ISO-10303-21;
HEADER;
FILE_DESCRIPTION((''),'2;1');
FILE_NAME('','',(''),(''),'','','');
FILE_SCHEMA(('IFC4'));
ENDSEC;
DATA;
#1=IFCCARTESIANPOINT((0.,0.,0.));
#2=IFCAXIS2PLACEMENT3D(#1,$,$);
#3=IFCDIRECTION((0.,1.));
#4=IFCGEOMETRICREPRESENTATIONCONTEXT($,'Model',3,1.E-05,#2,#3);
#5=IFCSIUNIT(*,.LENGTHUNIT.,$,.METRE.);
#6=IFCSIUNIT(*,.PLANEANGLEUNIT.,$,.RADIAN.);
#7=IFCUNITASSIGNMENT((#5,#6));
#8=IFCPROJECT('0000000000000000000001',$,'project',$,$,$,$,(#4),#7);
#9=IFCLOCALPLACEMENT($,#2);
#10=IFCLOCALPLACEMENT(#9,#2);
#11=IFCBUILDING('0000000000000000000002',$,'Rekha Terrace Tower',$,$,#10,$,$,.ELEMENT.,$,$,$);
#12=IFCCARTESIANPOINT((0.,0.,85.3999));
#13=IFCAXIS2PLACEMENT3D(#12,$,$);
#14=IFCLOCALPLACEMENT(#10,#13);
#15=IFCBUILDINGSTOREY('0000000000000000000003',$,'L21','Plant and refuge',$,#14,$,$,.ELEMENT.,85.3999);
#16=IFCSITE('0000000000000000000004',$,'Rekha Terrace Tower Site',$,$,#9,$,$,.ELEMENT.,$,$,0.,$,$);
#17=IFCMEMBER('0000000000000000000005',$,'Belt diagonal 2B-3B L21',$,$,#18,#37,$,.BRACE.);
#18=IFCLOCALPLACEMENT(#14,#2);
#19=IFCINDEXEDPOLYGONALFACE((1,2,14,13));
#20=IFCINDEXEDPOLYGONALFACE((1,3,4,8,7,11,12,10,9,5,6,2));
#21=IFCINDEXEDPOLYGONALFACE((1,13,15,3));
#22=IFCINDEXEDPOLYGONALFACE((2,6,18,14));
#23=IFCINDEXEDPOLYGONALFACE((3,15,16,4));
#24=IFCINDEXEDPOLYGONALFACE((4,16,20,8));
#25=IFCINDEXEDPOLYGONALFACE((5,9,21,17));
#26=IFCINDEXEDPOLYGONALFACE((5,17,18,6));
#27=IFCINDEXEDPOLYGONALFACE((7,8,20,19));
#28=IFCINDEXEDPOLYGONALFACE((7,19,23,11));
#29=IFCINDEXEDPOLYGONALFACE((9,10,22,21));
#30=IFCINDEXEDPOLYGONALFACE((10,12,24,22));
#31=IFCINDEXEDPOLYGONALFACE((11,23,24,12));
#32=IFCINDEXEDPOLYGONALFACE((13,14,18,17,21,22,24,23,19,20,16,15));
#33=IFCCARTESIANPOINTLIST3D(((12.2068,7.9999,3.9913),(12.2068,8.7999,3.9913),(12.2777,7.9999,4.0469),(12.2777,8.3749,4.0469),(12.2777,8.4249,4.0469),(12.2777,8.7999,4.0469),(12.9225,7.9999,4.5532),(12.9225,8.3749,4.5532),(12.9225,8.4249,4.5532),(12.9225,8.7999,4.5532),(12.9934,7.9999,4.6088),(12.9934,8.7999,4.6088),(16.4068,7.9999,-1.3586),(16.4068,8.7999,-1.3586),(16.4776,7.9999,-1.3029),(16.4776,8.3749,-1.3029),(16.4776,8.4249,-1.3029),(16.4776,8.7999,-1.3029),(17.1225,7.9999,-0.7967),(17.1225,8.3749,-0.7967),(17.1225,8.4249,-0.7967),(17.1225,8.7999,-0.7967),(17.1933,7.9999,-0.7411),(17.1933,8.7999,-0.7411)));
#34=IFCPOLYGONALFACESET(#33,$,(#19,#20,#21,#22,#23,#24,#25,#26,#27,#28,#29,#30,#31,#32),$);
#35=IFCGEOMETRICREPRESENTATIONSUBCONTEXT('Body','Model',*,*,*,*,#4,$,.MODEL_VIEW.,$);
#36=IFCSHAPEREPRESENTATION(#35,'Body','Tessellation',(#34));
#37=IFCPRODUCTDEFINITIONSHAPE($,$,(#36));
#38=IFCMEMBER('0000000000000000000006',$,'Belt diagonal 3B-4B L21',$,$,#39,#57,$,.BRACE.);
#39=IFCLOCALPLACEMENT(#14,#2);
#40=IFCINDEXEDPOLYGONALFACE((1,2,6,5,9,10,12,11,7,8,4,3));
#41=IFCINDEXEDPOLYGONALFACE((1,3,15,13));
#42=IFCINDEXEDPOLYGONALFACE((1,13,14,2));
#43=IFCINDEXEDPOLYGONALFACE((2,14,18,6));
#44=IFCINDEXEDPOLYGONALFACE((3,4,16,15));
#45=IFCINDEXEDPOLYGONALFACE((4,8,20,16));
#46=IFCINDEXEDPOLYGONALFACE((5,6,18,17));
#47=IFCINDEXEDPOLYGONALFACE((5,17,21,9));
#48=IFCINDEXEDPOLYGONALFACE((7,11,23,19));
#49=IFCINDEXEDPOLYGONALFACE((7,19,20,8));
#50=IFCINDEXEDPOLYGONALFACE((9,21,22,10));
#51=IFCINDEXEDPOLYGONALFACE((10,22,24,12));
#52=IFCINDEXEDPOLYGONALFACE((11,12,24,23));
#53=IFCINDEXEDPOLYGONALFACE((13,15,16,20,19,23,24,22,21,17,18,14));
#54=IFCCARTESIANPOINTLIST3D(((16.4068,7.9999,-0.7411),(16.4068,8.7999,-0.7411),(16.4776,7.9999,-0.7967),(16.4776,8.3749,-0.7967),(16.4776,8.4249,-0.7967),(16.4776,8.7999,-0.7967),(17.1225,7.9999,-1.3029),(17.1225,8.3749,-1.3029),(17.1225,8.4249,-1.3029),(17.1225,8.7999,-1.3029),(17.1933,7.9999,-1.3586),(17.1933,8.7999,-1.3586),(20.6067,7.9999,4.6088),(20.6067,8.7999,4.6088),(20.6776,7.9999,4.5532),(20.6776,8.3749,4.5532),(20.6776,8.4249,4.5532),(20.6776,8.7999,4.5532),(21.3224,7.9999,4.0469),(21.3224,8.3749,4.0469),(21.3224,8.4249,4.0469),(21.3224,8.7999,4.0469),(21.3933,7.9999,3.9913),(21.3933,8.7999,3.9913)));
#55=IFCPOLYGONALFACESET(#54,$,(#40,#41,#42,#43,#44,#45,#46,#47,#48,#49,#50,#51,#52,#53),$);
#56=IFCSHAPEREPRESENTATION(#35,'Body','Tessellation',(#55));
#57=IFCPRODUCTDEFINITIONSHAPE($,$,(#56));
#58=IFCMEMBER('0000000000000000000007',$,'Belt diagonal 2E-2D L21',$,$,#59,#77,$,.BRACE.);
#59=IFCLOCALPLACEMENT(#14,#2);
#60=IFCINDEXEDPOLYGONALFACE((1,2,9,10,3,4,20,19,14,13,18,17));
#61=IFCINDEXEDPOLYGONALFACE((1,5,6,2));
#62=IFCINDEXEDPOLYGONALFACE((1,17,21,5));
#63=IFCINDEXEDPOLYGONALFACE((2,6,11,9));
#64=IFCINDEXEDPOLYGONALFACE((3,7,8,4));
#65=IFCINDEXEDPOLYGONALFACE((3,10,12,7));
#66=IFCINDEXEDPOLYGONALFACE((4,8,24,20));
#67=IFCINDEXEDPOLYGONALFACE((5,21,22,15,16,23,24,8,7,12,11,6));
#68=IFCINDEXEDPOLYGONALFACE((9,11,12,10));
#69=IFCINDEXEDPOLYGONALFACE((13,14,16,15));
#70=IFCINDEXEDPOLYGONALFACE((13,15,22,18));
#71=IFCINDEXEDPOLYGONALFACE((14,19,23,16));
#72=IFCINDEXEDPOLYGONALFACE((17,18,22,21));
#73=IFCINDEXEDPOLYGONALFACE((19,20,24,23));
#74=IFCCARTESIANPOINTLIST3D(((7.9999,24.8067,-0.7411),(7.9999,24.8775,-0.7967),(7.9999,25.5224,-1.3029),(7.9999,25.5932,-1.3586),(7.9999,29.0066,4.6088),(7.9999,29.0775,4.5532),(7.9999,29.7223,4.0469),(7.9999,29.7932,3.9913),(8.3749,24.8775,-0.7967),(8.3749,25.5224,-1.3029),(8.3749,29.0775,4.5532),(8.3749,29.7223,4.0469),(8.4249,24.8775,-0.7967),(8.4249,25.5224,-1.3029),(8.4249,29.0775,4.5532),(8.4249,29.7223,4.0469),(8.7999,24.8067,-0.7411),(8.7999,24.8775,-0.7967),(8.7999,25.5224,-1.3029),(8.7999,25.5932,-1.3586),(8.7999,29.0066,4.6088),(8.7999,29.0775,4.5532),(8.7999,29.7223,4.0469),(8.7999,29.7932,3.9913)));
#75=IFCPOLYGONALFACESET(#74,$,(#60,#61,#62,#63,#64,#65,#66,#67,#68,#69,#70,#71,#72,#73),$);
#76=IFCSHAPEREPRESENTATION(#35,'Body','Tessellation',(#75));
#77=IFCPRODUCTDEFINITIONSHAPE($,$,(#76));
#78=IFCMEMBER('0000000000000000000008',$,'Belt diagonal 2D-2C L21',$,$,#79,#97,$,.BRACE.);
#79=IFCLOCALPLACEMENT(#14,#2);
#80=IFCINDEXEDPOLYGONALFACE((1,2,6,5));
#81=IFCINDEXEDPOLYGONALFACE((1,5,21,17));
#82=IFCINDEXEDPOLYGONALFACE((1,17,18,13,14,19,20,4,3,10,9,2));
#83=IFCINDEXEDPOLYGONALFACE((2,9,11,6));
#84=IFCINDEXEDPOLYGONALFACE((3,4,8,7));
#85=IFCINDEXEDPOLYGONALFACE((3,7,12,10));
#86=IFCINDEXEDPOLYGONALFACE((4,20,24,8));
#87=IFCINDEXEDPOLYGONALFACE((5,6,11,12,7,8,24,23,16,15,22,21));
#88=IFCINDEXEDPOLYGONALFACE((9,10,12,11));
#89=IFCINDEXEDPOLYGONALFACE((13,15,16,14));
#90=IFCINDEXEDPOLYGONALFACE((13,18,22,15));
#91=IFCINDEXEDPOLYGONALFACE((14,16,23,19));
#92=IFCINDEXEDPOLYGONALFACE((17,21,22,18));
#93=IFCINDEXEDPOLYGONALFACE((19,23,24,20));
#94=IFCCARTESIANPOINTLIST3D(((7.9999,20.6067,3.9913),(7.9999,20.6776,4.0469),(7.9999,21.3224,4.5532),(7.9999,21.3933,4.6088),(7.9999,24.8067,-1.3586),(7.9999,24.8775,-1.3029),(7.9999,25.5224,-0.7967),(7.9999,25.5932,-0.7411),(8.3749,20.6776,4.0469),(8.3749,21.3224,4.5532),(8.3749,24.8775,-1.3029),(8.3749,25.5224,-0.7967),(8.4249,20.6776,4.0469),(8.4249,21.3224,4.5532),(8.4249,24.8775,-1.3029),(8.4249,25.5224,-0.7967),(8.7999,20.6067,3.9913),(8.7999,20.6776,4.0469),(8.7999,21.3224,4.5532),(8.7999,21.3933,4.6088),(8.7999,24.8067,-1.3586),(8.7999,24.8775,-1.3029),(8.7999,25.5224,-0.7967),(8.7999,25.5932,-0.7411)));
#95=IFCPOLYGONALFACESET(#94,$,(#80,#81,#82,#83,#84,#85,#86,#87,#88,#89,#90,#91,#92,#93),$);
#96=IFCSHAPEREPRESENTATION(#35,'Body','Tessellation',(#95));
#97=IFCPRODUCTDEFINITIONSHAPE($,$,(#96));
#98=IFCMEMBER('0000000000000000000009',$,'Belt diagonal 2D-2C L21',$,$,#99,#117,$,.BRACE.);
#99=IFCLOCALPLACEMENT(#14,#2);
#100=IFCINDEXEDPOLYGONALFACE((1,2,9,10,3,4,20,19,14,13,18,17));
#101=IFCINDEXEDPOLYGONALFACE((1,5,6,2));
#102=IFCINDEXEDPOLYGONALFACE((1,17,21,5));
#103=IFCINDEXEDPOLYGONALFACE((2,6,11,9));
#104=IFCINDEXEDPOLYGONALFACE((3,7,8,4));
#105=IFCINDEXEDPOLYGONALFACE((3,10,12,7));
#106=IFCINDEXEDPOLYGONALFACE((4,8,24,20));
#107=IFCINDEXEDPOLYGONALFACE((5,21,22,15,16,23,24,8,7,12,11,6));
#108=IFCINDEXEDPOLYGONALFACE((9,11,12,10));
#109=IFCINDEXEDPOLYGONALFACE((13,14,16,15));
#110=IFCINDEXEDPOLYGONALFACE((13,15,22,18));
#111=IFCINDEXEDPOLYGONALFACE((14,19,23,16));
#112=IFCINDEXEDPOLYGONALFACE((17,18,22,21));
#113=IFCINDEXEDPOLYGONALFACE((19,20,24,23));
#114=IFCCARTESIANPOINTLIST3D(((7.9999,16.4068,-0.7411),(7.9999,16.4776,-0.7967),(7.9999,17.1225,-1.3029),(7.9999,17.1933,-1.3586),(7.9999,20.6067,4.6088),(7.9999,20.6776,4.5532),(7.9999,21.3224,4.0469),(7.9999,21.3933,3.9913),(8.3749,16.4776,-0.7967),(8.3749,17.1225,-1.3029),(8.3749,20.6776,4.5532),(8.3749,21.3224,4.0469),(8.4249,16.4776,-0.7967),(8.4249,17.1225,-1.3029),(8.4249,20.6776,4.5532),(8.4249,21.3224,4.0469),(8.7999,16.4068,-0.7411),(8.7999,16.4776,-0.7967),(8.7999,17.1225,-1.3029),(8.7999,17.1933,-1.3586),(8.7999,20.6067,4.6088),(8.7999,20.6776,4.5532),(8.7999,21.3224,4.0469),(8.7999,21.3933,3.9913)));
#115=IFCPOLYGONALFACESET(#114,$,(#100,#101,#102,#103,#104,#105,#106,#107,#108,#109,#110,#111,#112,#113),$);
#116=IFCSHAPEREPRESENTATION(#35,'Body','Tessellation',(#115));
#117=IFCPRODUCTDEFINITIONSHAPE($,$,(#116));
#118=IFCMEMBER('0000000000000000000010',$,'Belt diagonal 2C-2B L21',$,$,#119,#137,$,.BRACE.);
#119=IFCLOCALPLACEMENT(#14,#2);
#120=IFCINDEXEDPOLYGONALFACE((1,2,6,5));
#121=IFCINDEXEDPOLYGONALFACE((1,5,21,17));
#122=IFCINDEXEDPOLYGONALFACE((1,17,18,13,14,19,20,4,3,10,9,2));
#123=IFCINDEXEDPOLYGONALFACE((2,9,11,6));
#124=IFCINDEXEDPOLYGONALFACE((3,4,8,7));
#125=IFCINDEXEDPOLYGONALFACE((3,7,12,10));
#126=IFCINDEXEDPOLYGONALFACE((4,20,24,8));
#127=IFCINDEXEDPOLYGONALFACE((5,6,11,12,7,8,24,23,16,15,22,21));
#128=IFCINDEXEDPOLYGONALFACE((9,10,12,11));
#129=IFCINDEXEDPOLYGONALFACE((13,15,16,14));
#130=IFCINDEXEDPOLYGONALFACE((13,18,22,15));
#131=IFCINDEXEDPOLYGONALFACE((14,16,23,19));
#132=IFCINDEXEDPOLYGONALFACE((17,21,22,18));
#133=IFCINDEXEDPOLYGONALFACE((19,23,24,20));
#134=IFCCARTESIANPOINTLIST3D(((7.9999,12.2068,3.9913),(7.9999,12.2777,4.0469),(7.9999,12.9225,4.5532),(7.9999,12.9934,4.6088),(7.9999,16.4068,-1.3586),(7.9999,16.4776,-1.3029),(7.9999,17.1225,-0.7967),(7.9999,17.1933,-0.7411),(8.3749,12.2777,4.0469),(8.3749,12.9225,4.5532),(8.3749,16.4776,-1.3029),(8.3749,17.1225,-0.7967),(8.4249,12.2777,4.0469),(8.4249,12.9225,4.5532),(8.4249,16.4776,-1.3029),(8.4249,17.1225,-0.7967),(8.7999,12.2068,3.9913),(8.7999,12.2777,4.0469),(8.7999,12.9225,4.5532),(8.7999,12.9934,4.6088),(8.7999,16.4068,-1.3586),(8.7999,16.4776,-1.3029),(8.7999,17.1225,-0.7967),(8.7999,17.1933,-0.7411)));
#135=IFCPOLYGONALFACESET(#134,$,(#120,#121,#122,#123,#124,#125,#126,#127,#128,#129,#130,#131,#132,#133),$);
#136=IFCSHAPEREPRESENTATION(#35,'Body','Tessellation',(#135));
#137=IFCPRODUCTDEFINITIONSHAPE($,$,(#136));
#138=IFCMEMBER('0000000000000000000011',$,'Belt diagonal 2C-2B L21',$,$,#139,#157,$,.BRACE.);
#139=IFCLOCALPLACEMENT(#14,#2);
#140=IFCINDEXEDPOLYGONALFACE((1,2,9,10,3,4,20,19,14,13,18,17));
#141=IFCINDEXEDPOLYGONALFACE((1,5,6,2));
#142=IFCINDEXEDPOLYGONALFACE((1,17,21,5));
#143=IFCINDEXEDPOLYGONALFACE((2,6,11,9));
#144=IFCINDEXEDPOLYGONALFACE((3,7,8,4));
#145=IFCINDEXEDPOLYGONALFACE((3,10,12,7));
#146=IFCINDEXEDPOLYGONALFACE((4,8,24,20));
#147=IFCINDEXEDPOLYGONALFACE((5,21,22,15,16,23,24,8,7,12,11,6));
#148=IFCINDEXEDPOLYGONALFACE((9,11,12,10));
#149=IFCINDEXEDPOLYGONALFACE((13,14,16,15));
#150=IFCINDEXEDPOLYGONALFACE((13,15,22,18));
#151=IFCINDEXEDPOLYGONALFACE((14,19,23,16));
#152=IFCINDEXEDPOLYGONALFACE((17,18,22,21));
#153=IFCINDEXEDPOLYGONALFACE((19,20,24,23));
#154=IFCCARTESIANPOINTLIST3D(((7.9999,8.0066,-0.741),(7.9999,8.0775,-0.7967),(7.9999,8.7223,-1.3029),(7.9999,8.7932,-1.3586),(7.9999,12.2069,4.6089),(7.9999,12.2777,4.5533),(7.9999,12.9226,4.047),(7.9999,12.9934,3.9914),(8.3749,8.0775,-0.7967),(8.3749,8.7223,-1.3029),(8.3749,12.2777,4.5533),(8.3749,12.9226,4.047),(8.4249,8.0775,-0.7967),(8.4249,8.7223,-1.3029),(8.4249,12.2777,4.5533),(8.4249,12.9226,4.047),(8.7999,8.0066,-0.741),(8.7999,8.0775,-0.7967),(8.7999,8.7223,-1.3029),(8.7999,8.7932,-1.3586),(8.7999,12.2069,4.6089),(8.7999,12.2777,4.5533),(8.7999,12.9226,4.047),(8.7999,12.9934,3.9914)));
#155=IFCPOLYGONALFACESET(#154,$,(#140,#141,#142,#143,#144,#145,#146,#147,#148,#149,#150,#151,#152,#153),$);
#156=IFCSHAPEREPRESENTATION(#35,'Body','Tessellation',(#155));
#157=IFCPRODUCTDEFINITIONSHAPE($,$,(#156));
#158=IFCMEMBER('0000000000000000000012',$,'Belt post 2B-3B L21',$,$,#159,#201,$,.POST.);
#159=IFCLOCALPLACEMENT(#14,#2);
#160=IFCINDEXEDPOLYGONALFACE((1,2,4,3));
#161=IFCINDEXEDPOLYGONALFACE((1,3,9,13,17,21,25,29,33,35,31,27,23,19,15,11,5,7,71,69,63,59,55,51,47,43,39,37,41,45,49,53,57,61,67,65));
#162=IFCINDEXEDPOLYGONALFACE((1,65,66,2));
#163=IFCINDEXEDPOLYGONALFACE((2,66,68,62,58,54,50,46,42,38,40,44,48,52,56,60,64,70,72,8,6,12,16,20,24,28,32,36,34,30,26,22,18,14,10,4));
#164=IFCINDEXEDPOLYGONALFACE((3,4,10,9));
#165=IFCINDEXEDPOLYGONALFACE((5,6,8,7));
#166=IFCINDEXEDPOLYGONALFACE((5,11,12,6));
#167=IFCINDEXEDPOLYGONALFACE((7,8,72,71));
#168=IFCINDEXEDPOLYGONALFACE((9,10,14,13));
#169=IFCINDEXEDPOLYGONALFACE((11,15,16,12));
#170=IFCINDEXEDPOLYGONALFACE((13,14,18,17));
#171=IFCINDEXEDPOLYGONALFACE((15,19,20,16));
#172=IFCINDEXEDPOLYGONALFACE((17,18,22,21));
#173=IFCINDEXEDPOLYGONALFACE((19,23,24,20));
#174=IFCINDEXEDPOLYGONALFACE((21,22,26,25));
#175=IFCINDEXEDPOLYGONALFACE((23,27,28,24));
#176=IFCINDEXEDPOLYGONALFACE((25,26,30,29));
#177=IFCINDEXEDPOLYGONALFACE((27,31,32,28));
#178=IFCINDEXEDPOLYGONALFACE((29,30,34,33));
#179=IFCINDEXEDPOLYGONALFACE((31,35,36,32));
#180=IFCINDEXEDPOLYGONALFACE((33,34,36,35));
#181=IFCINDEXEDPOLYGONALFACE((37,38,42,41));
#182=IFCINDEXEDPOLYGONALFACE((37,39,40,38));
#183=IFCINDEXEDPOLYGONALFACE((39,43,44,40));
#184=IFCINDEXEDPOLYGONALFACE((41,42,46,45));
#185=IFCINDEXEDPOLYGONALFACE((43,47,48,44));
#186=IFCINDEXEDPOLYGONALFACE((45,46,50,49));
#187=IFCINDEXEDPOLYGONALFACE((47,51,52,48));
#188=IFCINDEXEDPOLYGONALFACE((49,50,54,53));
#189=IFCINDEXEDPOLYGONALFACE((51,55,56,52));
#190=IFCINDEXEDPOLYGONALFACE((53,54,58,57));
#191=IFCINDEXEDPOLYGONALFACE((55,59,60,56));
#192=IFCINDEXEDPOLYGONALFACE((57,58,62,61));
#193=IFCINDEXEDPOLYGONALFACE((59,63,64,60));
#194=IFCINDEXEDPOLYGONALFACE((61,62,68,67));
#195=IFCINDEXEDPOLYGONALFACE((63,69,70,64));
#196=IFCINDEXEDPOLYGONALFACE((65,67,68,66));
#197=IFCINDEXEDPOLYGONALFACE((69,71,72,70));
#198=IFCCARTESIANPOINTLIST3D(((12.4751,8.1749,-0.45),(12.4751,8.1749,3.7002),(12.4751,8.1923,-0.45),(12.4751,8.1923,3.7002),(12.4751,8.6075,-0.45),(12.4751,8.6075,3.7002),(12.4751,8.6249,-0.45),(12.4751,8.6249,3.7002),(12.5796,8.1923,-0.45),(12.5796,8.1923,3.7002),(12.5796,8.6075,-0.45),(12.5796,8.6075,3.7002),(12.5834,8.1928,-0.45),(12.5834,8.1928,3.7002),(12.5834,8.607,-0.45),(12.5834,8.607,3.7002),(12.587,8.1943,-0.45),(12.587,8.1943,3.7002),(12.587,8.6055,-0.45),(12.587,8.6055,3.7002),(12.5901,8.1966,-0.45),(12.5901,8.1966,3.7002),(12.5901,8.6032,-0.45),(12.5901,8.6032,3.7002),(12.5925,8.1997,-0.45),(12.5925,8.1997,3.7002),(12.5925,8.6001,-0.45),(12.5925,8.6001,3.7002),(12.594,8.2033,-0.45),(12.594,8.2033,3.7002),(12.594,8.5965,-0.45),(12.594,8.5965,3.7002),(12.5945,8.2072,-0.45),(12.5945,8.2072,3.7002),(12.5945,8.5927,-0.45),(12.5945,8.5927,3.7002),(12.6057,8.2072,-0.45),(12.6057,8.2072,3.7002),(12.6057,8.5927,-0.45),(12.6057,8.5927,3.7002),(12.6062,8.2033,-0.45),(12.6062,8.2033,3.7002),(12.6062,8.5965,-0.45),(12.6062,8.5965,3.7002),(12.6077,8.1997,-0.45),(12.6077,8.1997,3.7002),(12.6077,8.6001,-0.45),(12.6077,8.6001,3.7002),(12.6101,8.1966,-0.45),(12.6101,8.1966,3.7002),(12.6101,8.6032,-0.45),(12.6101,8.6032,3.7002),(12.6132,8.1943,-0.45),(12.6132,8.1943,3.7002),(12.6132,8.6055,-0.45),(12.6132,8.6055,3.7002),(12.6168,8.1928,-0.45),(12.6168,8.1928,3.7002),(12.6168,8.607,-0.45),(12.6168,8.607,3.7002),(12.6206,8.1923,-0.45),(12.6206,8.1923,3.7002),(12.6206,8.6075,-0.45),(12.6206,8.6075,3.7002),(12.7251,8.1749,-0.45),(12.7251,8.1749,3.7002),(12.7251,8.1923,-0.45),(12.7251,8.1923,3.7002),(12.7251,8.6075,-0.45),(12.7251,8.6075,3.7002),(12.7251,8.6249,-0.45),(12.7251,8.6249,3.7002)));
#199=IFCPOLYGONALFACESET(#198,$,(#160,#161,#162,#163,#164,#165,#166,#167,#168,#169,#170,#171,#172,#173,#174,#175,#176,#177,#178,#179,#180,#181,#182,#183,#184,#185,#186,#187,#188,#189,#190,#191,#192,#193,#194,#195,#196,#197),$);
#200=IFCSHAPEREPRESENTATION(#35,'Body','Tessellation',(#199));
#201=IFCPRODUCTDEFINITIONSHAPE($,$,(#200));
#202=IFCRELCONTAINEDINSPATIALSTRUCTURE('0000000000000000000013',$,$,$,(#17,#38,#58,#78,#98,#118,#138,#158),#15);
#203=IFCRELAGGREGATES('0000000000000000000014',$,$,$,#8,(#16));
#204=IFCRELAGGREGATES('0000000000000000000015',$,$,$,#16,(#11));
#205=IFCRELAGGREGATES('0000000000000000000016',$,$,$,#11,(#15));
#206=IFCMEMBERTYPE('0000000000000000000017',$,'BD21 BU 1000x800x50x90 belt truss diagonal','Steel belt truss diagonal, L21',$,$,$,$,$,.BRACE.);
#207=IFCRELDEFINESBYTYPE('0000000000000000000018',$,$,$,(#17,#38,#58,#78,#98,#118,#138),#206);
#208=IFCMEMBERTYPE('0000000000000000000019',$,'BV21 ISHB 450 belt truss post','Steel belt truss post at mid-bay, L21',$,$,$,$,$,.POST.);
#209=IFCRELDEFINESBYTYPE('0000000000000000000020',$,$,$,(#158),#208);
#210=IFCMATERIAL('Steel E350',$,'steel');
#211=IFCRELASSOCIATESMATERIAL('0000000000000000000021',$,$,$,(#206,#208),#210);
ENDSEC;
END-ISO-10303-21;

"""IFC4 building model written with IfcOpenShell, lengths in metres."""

from ifc_helpers import new_model, si_unit, direction, frame, origin, origin_2d, place, context, subcontext, project, spatial, i_section, extrude, material, material_profile, profile_set, type_object, element, save


model = new_model("IFC4")

# Units and contexts
model_context = context("Model", 3, precision=1e-05, world=origin(), true_north=direction((0.0, 1.0)))
body_context = subcontext(model_context, "Body", "Model", "MODEL_VIEW")
ifc_project = project(units=[si_unit("LENGTHUNIT", "METRE"), si_unit("PLANEANGLEUNIT", "RADIAN")], contexts=[model_context])

# Site, building, storey
site_placement = place(None, origin())
site = spatial("IfcSite", under=ifc_project, at=site_placement, Name="Rekha Terrace Tower Site", CompositionType="ELEMENT", RefElevation=0.0)
building_placement = place(site_placement, origin())
building = spatial("IfcBuilding", under=site, at=building_placement, Name="Rekha Terrace Tower", CompositionType="ELEMENT")
storey_placement = place(building_placement, frame((0.0, 0.0, 85.3999)))
storey = spatial("IfcBuildingStorey", under=building, at=storey_placement, Name="L21", Description="Plant and refuge", CompositionType="ELEMENT", Elevation=85.3999)

# Members
ifc_material_1 = material(Name="Steel E350", Category="steel")
ifc_material_profile_1 = material_profile(ifc_material_1, i_section(OverallWidth=0.8, OverallDepth=1.0, WebThickness=0.05, FlangeThickness=0.0901, at=origin_2d()), Name="BU 1000x800x50x90")
ifc_profile_set_1 = profile_set([ifc_material_profile_1], Name="Steel E350")
member_type_1 = type_object("IfcMemberType", Name="BD21 BU 1000x800x50x90 belt truss diagonal", Description="Steel belt truss diagonal, L21", PredefinedType="BRACE", material=ifc_profile_set_1)
for number, where, z_axis, x_axis, name in (
    (1, (16.8, 8.3999, -1.0498), (-0.617503, 0.0, 0.786569), (0.0, -1.0, 0.0), "Belt diagonal 2B-3B L21"),
    (2, (16.8, 8.3999, -1.0498), (0.617503, 0.0, 0.786569), (0.0, 1.0, 0.0), "Belt diagonal 3B-4B L21"),
    (3, (8.3999, 25.2, -1.0498), (0.0, 0.617503, 0.786569), (-1.0, 0.0, 0.0), "Belt diagonal 2E-2D L21"),
    (4, (8.3999, 25.2, -1.0498), (0.0, -0.617503, 0.786569), (1.0, 0.0, 0.0), "Belt diagonal 2D-2C L21"),
    (5, (8.3999, 16.8, -1.0498), (0.0, 0.617503, 0.786569), (-1.0, 0.0, 0.0), "Belt diagonal 2D-2C L21"),
    (6, (8.3999, 16.8, -1.0498), (0.0, -0.617503, 0.786569), (1.0, 0.0, 0.0), "Belt diagonal 2C-2B L21"),
):
    element("IfcMember", number, at=place(storey_placement, frame(where, z_axis=z_axis, x_axis=x_axis)), inside=storey, type_object=member_type_1, Name=name, PredefinedType="BRACE", context=body_context, shape_type="SweptSolid", body=[
        extrude(i_section(OverallWidth=0.8, OverallDepth=1.0, WebThickness=0.05, FlangeThickness=0.0901, at=origin_2d()), origin(), (0.0, 0.0, 1.0), 6.8015),
    ])
member_1_placement = place(storey_placement, frame((8.3999, 8.3999, -1.0498), z_axis=(0.0, 0.617525, 0.786551), x_axis=(-1.0, 0.0, 0.0)))
element("IfcMember", 7, at=member_1_placement, inside=storey, type_object=member_type_1, Name="Belt diagonal 2C-2B L21", PredefinedType="BRACE", context=body_context, shape_type="SweptSolid", body=[
    extrude(i_section(OverallWidth=0.8, OverallDepth=1.0, WebThickness=0.05, FlangeThickness=0.0901, at=origin_2d()), origin(), (0.0, 0.0, 1.0), 6.8018),
])
ifc_material_profile_2 = material_profile(ifc_material_1, i_section(OverallWidth=0.25, OverallDepth=0.45, WebThickness=0.0112, FlangeThickness=0.0173, FilletRadius=0.0149, at=origin_2d()), Name="ISHB 450")
ifc_profile_set_2 = profile_set([ifc_material_profile_2], Name="Steel E350")
member_type_2 = type_object("IfcMemberType", Name="BV21 ISHB 450 belt truss post", Description="Steel belt truss post at mid-bay, L21", PredefinedType="POST", material=ifc_profile_set_2)
for number, where, z_axis, x_axis, name in (
    (8, (12.6001, 8.3999, -0.45), (0.0, 0.0, 1.0), (1.0, 0.0, 0.0), "Belt post 2B-3B L21"),
):
    element("IfcMember", number, at=place(storey_placement, frame(where, z_axis=z_axis, x_axis=x_axis)), inside=storey, type_object=member_type_2, Name=name, PredefinedType="POST", context=body_context, shape_type="SweptSolid", body=[
        extrude(i_section(OverallWidth=0.25, OverallDepth=0.45, WebThickness=0.0112, FlangeThickness=0.0173, FilletRadius=0.0149, at=origin_2d()), origin(), (0.0, 0.0, 1.0), 4.1501),
    ])

save(model, "model.ifc")
